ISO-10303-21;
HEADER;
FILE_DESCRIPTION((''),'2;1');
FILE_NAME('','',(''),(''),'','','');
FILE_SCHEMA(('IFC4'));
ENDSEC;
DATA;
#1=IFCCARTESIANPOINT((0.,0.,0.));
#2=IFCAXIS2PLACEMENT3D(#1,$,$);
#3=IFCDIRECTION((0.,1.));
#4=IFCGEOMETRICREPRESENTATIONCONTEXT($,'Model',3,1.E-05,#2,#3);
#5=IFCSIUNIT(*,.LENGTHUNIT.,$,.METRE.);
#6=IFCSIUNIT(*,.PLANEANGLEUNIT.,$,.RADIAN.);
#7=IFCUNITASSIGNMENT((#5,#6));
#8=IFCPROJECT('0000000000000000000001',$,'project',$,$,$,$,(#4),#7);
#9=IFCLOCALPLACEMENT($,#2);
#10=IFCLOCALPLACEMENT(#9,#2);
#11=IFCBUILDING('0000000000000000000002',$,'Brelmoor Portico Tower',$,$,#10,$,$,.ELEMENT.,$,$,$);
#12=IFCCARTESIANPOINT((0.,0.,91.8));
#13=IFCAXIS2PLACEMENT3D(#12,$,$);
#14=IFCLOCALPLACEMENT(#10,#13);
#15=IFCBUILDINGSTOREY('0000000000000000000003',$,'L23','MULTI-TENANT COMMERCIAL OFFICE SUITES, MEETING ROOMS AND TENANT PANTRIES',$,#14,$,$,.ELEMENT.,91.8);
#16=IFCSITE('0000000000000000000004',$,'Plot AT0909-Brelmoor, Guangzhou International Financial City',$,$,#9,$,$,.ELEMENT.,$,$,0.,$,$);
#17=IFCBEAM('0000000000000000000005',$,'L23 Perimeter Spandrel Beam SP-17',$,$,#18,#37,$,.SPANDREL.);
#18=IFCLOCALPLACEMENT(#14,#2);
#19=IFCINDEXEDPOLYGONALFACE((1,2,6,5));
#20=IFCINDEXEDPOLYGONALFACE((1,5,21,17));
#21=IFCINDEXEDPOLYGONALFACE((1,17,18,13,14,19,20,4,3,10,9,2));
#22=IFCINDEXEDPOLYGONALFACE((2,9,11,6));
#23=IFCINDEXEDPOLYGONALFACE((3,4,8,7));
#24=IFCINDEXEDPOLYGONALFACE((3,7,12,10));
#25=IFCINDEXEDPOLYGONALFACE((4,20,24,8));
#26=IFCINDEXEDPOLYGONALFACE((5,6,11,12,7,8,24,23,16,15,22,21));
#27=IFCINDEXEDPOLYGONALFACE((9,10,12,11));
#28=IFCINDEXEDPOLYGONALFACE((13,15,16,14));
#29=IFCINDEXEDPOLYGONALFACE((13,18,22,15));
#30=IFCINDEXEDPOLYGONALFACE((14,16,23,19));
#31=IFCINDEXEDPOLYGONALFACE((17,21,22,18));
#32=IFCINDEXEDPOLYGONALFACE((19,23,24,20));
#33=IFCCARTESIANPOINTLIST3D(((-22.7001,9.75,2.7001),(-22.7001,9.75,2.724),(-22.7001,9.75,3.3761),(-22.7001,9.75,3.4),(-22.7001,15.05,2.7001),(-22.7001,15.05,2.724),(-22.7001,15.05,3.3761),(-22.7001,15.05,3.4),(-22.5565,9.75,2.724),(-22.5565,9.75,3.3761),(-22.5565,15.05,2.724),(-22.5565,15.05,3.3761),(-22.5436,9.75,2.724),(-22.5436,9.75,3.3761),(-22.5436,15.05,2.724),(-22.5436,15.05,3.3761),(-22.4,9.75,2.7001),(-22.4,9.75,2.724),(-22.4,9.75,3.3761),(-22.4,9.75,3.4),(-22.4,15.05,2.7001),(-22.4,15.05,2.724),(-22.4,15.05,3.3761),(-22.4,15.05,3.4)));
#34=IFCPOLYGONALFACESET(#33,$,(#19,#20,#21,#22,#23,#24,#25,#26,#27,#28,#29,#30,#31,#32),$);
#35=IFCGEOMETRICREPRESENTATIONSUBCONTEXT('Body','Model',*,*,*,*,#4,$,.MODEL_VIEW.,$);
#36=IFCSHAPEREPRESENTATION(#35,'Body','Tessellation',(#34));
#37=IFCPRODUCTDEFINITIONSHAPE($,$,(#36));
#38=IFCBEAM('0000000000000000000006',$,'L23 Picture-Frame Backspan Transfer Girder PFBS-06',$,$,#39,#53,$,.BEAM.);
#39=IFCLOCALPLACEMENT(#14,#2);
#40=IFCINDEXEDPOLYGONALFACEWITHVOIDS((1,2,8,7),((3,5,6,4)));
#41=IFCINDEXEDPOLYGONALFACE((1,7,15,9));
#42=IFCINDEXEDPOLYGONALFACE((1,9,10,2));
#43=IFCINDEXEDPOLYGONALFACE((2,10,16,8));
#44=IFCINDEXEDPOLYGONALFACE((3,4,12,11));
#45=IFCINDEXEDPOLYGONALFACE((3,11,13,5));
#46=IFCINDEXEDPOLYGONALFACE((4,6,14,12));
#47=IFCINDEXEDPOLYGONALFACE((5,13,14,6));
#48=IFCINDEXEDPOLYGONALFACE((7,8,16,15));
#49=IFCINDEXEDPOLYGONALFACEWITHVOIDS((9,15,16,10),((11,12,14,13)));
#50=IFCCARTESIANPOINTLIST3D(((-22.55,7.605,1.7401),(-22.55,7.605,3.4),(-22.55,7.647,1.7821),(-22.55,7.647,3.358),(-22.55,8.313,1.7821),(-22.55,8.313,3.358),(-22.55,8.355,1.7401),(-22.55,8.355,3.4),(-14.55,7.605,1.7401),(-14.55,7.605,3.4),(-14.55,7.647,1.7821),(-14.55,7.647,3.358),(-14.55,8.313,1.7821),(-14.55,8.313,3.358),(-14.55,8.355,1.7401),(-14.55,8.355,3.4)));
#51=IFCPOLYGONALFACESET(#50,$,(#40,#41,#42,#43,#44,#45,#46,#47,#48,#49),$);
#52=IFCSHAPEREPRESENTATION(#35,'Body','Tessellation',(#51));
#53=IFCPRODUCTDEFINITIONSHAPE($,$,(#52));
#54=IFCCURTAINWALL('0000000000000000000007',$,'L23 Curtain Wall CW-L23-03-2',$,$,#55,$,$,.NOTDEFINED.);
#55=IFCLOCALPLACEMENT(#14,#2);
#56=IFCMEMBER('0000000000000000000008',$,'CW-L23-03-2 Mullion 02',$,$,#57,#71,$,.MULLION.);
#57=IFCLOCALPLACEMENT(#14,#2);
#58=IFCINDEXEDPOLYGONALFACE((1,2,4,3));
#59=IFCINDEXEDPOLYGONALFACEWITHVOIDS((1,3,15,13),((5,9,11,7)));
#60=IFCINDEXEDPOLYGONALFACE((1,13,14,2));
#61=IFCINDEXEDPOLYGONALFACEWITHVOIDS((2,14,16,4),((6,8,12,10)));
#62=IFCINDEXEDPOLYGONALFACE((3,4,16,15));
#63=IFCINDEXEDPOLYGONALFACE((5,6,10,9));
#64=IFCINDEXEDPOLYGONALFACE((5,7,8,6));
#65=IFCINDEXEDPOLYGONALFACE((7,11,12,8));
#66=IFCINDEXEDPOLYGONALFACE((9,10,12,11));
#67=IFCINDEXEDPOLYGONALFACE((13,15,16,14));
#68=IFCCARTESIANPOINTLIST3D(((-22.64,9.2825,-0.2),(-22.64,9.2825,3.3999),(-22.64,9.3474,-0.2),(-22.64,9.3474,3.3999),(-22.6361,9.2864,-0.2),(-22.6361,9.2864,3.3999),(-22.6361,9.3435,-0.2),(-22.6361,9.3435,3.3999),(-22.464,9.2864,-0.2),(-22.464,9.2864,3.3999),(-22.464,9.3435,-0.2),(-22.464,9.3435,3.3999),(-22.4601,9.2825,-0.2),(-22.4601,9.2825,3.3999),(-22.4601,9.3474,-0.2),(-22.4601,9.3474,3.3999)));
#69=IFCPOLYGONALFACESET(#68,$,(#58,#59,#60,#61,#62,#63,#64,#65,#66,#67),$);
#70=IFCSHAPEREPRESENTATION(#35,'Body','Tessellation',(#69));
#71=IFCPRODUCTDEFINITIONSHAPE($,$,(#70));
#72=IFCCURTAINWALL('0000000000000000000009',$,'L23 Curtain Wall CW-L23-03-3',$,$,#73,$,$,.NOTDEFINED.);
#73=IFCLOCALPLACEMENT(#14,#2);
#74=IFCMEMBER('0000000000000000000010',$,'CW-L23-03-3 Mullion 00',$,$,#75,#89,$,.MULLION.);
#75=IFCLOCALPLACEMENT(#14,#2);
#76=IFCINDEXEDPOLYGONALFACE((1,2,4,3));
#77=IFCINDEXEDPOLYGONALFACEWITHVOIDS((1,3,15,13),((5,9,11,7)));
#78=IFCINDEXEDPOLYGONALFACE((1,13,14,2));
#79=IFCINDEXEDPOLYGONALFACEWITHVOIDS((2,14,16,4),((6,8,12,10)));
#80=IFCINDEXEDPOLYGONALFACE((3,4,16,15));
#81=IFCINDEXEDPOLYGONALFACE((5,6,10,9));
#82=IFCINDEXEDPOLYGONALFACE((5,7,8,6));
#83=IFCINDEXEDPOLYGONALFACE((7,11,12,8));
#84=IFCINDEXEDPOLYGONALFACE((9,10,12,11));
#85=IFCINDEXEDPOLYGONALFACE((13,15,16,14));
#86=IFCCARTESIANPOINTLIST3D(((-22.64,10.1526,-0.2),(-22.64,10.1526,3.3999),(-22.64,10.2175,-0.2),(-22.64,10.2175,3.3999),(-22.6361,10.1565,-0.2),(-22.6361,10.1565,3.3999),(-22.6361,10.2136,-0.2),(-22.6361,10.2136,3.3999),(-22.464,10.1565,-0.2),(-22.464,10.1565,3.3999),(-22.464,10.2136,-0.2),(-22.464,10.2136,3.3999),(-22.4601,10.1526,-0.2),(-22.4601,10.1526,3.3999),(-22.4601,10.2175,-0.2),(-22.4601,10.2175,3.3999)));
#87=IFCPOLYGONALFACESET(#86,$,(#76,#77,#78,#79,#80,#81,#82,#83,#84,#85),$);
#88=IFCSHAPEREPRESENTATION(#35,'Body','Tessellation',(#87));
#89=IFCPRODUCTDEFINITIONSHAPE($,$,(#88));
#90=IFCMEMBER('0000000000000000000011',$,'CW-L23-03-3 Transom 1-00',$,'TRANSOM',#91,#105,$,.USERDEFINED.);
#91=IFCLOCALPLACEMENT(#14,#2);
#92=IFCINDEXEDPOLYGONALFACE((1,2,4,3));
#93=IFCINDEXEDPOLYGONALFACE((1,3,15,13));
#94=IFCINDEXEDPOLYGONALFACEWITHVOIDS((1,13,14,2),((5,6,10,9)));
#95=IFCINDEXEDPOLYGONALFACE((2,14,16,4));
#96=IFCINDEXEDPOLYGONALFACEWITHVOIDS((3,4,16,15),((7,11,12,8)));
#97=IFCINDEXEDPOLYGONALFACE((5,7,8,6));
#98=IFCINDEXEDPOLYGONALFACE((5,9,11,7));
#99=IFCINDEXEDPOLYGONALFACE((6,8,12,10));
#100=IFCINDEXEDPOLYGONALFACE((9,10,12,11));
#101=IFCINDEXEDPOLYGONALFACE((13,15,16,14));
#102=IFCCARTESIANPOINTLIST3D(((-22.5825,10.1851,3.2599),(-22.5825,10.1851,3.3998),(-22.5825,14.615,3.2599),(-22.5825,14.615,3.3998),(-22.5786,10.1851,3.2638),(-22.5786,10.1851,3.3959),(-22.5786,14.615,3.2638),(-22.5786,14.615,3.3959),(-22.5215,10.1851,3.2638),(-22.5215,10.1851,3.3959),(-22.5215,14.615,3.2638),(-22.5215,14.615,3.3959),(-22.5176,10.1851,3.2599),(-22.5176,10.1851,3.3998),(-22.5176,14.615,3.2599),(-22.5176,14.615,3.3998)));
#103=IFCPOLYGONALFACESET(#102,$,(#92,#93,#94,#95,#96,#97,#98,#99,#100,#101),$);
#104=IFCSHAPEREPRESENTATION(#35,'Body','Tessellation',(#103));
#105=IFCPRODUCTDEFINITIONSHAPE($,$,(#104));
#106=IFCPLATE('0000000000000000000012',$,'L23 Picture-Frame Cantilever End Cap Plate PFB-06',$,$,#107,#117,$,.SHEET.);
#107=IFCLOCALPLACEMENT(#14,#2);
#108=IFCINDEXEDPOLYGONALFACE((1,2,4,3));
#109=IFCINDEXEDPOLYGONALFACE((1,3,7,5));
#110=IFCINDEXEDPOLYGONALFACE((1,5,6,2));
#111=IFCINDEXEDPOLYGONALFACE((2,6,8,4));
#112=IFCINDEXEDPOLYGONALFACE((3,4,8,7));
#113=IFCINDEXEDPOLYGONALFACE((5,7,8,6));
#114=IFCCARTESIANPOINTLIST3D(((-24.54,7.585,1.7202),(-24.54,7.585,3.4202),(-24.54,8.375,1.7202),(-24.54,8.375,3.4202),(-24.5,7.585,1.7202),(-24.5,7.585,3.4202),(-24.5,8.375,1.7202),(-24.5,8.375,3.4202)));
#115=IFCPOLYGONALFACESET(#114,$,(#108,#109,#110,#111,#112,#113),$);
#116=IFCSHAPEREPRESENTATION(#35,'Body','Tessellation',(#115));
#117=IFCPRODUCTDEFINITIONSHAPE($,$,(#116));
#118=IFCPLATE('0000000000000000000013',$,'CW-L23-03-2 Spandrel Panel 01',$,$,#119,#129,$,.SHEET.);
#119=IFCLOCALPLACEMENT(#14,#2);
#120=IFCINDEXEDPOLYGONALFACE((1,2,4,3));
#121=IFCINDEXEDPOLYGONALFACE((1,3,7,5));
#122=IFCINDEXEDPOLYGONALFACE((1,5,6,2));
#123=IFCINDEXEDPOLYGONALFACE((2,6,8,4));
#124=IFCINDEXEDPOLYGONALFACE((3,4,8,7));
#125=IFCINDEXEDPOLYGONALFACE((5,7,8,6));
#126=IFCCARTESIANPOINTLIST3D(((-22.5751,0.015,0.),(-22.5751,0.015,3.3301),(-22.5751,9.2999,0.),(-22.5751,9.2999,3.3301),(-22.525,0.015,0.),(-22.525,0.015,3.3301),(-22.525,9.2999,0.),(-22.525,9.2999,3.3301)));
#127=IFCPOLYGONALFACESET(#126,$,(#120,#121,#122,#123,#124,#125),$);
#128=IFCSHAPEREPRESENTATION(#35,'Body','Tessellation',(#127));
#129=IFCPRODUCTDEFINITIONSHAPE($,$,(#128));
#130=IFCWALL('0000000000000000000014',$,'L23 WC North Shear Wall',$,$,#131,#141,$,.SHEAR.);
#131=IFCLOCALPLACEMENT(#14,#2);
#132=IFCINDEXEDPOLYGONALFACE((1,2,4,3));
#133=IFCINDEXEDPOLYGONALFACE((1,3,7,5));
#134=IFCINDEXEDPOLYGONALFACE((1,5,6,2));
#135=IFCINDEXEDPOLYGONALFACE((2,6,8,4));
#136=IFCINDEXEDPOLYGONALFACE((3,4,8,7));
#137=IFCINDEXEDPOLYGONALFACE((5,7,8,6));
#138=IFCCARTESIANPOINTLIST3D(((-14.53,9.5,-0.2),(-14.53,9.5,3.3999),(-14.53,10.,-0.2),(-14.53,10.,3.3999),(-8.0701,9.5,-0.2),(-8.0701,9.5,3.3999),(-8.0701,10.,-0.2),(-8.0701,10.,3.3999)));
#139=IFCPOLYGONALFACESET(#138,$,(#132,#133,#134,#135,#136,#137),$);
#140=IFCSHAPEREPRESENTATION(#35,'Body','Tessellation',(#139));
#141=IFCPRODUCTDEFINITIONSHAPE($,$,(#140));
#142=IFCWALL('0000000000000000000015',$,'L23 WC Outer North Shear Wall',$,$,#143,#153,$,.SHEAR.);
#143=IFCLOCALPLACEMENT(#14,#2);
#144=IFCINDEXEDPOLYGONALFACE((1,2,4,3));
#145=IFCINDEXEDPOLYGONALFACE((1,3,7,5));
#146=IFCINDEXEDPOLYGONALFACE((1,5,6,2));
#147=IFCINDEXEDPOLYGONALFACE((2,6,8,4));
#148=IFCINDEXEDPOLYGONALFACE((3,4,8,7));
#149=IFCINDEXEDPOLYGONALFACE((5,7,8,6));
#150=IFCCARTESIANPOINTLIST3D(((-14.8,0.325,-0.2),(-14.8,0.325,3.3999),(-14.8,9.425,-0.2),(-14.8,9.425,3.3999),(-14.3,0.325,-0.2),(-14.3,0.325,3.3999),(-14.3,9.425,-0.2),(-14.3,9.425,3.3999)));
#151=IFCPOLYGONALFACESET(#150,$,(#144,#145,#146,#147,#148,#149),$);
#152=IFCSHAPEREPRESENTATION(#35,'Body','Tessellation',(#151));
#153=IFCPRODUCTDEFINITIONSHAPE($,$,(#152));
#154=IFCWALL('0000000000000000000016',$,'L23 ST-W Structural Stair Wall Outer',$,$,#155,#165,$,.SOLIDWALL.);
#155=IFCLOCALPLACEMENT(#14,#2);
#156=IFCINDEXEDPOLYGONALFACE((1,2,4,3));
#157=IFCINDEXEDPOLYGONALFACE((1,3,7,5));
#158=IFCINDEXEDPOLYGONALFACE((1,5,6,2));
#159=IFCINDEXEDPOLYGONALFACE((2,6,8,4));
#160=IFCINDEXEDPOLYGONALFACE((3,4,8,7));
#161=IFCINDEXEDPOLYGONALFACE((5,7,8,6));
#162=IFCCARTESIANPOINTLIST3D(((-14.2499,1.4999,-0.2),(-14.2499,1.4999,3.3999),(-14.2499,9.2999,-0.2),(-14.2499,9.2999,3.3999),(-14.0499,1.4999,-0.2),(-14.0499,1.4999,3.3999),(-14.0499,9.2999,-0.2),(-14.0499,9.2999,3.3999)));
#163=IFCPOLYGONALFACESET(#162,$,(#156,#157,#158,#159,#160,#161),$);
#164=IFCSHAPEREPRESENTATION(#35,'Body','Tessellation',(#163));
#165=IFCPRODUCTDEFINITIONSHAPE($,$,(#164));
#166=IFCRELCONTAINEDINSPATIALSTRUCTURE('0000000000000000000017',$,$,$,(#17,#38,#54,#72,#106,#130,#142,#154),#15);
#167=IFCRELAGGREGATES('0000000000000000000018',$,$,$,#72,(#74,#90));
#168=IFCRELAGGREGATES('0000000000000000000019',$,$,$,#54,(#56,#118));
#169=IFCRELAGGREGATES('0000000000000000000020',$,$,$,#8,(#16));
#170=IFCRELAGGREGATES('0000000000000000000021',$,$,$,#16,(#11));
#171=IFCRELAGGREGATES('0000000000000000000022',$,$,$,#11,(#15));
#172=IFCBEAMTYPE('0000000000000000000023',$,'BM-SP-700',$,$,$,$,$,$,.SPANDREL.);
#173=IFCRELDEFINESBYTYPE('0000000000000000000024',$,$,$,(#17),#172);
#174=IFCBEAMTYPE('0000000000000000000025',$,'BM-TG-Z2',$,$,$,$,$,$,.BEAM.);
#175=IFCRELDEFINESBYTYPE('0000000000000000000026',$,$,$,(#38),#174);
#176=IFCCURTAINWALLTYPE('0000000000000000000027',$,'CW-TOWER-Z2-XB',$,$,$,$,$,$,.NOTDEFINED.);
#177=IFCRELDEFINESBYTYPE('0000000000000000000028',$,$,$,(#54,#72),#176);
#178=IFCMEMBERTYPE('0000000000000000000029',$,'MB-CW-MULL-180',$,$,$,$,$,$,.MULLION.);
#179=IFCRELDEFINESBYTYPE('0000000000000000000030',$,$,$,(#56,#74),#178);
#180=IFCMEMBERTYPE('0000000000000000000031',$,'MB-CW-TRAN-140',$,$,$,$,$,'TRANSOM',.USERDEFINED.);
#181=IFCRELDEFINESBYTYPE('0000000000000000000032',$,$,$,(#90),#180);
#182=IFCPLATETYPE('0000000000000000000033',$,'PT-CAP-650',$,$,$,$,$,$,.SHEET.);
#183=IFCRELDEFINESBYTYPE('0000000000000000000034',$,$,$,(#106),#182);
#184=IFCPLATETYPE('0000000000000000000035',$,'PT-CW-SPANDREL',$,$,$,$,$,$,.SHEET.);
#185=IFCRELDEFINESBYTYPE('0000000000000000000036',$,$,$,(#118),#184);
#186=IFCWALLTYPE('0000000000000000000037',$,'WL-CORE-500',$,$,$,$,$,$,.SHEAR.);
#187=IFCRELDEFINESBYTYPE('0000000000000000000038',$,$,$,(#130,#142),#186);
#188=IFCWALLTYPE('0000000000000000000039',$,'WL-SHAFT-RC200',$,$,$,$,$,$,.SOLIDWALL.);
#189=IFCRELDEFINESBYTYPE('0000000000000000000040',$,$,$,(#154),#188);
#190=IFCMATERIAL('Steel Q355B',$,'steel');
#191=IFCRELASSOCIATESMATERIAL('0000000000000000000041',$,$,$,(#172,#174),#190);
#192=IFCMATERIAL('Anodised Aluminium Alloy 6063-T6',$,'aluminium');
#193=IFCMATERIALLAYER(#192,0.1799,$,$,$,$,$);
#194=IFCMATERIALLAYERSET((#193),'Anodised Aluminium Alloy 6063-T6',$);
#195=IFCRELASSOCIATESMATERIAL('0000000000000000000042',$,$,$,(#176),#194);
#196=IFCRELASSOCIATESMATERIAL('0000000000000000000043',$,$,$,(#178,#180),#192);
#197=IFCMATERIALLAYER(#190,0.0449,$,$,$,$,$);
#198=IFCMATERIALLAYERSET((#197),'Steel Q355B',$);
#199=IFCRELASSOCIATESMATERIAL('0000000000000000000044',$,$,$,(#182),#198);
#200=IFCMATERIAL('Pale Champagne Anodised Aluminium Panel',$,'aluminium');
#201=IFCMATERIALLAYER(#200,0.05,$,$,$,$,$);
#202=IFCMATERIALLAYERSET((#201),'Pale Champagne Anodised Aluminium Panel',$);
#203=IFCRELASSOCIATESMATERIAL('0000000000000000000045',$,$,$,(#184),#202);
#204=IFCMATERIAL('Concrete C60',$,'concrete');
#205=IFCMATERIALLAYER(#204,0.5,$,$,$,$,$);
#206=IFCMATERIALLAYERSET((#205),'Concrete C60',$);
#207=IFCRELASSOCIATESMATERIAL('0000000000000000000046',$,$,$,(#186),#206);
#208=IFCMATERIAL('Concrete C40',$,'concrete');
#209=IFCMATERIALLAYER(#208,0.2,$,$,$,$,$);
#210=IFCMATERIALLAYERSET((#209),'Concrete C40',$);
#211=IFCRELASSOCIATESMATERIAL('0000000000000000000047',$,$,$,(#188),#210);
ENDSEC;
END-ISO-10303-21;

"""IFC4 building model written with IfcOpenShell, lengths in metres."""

from ifc_helpers import new_model, si_unit, direction, frame, frame_2d, origin, origin_2d, place, context, subcontext, project, spatial, rectangle, hollow_rectangle, i_section, extrude, material, layer, layer_set, material_profile, profile_set, type_object, element, aggregate, save


model = new_model("IFC4")

# Units and contexts
model_context = context("Model", 3, precision=1e-05, world=origin(), true_north=direction((0.0, 1.0)))
body_context = subcontext(model_context, "Body", "Model", "MODEL_VIEW")
ifc_project = project(units=[si_unit("LENGTHUNIT", "METRE"), si_unit("PLANEANGLEUNIT", "RADIAN")], contexts=[model_context])

# Site, building, storey
site_placement = place(None, origin())
site = spatial("IfcSite", under=ifc_project, at=site_placement, Name="Plot AT0909-Brelmoor, Guangzhou International Financial City", CompositionType="ELEMENT", RefElevation=0.0)
building_placement = place(site_placement, origin())
building = spatial("IfcBuilding", under=site, at=building_placement, Name="Brelmoor Portico Tower", CompositionType="ELEMENT")
storey_placement = place(building_placement, frame((0.0, 0.0, 91.8)))
storey = spatial("IfcBuildingStorey", under=building, at=storey_placement, Name="L23", Description="MULTI-TENANT COMMERCIAL OFFICE SUITES, MEETING ROOMS AND TENANT PANTRIES", CompositionType="ELEMENT", Elevation=91.8)

# Shared definitions
ifc_material_1 = material(Name="Steel Q355B", Category="steel")

# Beams
ifc_material_profile_1 = material_profile(ifc_material_1, i_section(OverallWidth=0.3, OverallDepth=0.7, WebThickness=0.0129, FlangeThickness=0.0239, at=origin_2d()), Name="HN 700x300x13x24")
ifc_profile_set_1 = profile_set([ifc_material_profile_1], Name="Steel Q355B")
beam_type_1 = type_object("IfcBeamType", Name="BM-SP-700", PredefinedType="SPANDREL", material=ifc_profile_set_1)
beam_1_placement = place(storey_placement, frame((-22.55, 9.75, 3.05), z_axis=(0.0, 1.0, 0.0), x_axis=(-1.0, 0.0, 0.0)))
element("IfcBeam", 1, at=beam_1_placement, inside=storey, type_object=beam_type_1, Name="L23 Perimeter Spandrel Beam SP-17", PredefinedType="SPANDREL", context=body_context, shape_type="SweptSolid", body=[
    extrude(i_section(OverallWidth=0.3, OverallDepth=0.7, WebThickness=0.0129, FlangeThickness=0.0239, at=origin_2d()), origin(), (0.0, 0.0, 1.0), 5.3),
])
ifc_material_profile_2 = material_profile(ifc_material_1, hollow_rectangle(XDim=0.75, YDim=1.6599, WallThickness=0.042, at=origin_2d()), Name="BOX 750x1660x42")
ifc_profile_set_2 = profile_set([ifc_material_profile_2], Name="Steel Q355B")
beam_type_2 = type_object("IfcBeamType", Name="BM-TG-Z2", PredefinedType="BEAM", material=ifc_profile_set_2)
beam_2_placement = place(storey_placement, frame((-22.55, 7.98, 2.5701), z_axis=(1.0, 0.0, 0.0), x_axis=(0.0, 1.0, 0.0)))
element("IfcBeam", 2, at=beam_2_placement, inside=storey, type_object=beam_type_2, Name="L23 Picture-Frame Backspan Transfer Girder PFBS-06", PredefinedType="BEAM", context=body_context, shape_type="SweptSolid", body=[
    extrude(hollow_rectangle(XDim=0.75, YDim=1.6599, WallThickness=0.042, at=origin_2d()), origin(), (0.0, 0.0, 1.0), 8.0),
])

# Curtain wall, member
ifc_material_2 = material(Name="Anodised Aluminium Alloy 6063-T6", Category="aluminium")
ifc_layer_1 = layer(ifc_material_2, 0.1799)
ifc_layer_set_1 = layer_set([ifc_layer_1], Name="Anodised Aluminium Alloy 6063-T6")
curtain_wall_type = type_object("IfcCurtainWallType", Name="CW-TOWER-Z2-XB", PredefinedType="NOTDEFINED", material=ifc_layer_set_1)
curtain_wall_1_placement = place(storey_placement, origin())
curtain_wall_1 = element("IfcCurtainWall", 3, at=curtain_wall_1_placement, inside=storey, type_object=curtain_wall_type, Name="L23 Curtain Wall CW-L23-03-2", PredefinedType="NOTDEFINED")
ifc_material_profile_3 = material_profile(ifc_material_2, hollow_rectangle(XDim=0.0649, YDim=0.1799, WallThickness=0.0039, at=origin_2d()), Name="ALU MULLION 65x180")
ifc_profile_set_3 = profile_set([ifc_material_profile_3], Name="Anodised Aluminium Alloy 6063-T6")
member_type_1 = type_object("IfcMemberType", Name="MB-CW-MULL-180", PredefinedType="MULLION", material=ifc_profile_set_3)
member_1_placement = place(storey_placement, frame((-22.55, 9.3149, -0.2), z_axis=(0.0, 0.0, 1.0), x_axis=(0.0, 1.0, 0.0)))
member_1 = element("IfcMember", 4, at=member_1_placement, type_object=member_type_1, Name="CW-L23-03-2 Mullion 02", PredefinedType="MULLION", context=body_context, shape_type="SweptSolid", body=[
    extrude(hollow_rectangle(XDim=0.0649, YDim=0.1799, WallThickness=0.0039, at=origin_2d()), origin(), (0.0, 0.0, 1.0), 3.5999),
])

# Curtain wall, members
curtain_wall_2_placement = place(storey_placement, origin())
curtain_wall_2 = element("IfcCurtainWall", 5, at=curtain_wall_2_placement, inside=storey, type_object=curtain_wall_type, Name="L23 Curtain Wall CW-L23-03-3", PredefinedType="NOTDEFINED")
member_2_placement = place(storey_placement, frame((-22.55, 10.1851, -0.2), z_axis=(0.0, 0.0, 1.0), x_axis=(0.0, 1.0, 0.0)))
member_2 = element("IfcMember", 6, at=member_2_placement, type_object=member_type_1, Name="CW-L23-03-3 Mullion 00", PredefinedType="MULLION", context=body_context, shape_type="SweptSolid", body=[
    extrude(hollow_rectangle(XDim=0.0649, YDim=0.1799, WallThickness=0.0039, at=origin_2d()), origin(), (0.0, 0.0, 1.0), 3.5999),
])
ifc_material_profile_4 = material_profile(ifc_material_2, hollow_rectangle(XDim=0.0649, YDim=0.1399, WallThickness=0.0039, at=origin_2d()), Name="ALU TRANSOM 65x140")
ifc_profile_set_4 = profile_set([ifc_material_profile_4], Name="Anodised Aluminium Alloy 6063-T6")
member_type_2 = type_object("IfcMemberType", Name="MB-CW-TRAN-140", ElementType="TRANSOM", PredefinedType="USERDEFINED", material=ifc_profile_set_4)
member_3_placement = place(storey_placement, frame((-22.55, 10.1851, 3.3298), z_axis=(0.0, 1.0, 0.0), x_axis=(-1.0, 0.0, 0.0)))
member_3 = element("IfcMember", 7, at=member_3_placement, type_object=member_type_2, Name="CW-L23-03-3 Transom 1-00", ObjectType="TRANSOM", PredefinedType="USERDEFINED", context=body_context, shape_type="SweptSolid", body=[
    extrude(hollow_rectangle(XDim=0.0649, YDim=0.1399, WallThickness=0.0039, at=origin_2d()), origin(), (0.0, 0.0, 1.0), 4.4299),
])
aggregate(curtain_wall_2, [member_2, member_3])

# Plates
ifc_layer_2 = layer(ifc_material_1, 0.0449)
ifc_layer_set_2 = layer_set([ifc_layer_2], Name="Steel Q355B")
plate_type_1 = type_object("IfcPlateType", Name="PT-CAP-650", PredefinedType="SHEET", material=ifc_layer_set_2)
plate_1_placement = place(storey_placement, frame((-24.52, 7.98, 1.7202), z_axis=(0.0, 0.0, 1.0), x_axis=(1.0, 0.0, 0.0)))
element("IfcPlate", 8, at=plate_1_placement, inside=storey, type_object=plate_type_1, Name="L23 Picture-Frame Cantilever End Cap Plate PFB-06", PredefinedType="SHEET", context=body_context, shape_type="SweptSolid", body=[
    extrude(rectangle(XDim=0.04, YDim=0.79, at=origin_2d()), origin(), (0.0, 0.0, 1.0), 1.7),
])
ifc_material_3 = material(Name="Pale Champagne Anodised Aluminium Panel", Category="aluminium")
ifc_layer_3 = layer(ifc_material_3, 0.05)
ifc_layer_set_3 = layer_set([ifc_layer_3], Name="Pale Champagne Anodised Aluminium Panel")
plate_type_2 = type_object("IfcPlateType", Name="PT-CW-SPANDREL", PredefinedType="SHEET", material=ifc_layer_set_3)
plate_2_placement = place(storey_placement, frame((-22.55, 4.6575, 0.0), z_axis=(0.0, 0.0, 1.0), x_axis=(0.0, 1.0, 0.0)))
plate_2 = element("IfcPlate", 9, at=plate_2_placement, type_object=plate_type_2, Name="CW-L23-03-2 Spandrel Panel 01", PredefinedType="SHEET", context=body_context, shape_type="SweptSolid", body=[
    extrude(rectangle(XDim=9.2849, YDim=0.05, at=origin_2d()), origin(), (0.0, 0.0, 1.0), 3.3301),
])
aggregate(curtain_wall_1, [member_1, plate_2])

# Walls
ifc_material_4 = material(Name="Concrete C60", Category="concrete")
ifc_layer_4 = layer(ifc_material_4, 0.5)
ifc_layer_set_4 = layer_set([ifc_layer_4], Name="Concrete C60")
wall_type_1 = type_object("IfcWallType", Name="WL-CORE-500", PredefinedType="SHEAR", material=ifc_layer_set_4)
wall_1_placement = place(storey_placement, frame((-14.53, 9.75, -0.2), z_axis=(0.0, 0.0, 1.0), x_axis=(1.0, 0.0, 0.0)))
element("IfcWall", 10, at=wall_1_placement, inside=storey, type_object=wall_type_1, Name="L23 WC North Shear Wall", PredefinedType="SHEAR", context=body_context, shape_type="SweptSolid", body=[
    extrude(rectangle(XDim=6.46, YDim=0.5, at=frame_2d((3.23, 0.0))), origin(), (0.0, 0.0, 1.0), 3.5999),
])
wall_2_placement = place(storey_placement, frame((-14.55, 0.325, -0.2), z_axis=(0.0, 0.0, 1.0), x_axis=(0.0, 1.0, 0.0)))
element("IfcWall", 11, at=wall_2_placement, inside=storey, type_object=wall_type_1, Name="L23 WC Outer North Shear Wall", PredefinedType="SHEAR", context=body_context, shape_type="SweptSolid", body=[
    extrude(rectangle(XDim=9.1001, YDim=0.5, at=frame_2d((4.55, 0.0))), origin(), (0.0, 0.0, 1.0), 3.5999),
])

# Wall
ifc_material_5 = material(Name="Concrete C40", Category="concrete")
ifc_layer_5 = layer(ifc_material_5, 0.2)
ifc_layer_set_5 = layer_set([ifc_layer_5], Name="Concrete C40")
wall_type_2 = type_object("IfcWallType", Name="WL-SHAFT-RC200", PredefinedType="SOLIDWALL", material=ifc_layer_set_5)
wall_3_placement = place(storey_placement, frame((-14.1499, 1.5, -0.2), z_axis=(0.0, 0.0, 1.0), x_axis=(0.0, 1.0, 0.0)))
element("IfcWall", 12, at=wall_3_placement, inside=storey, type_object=wall_type_2, Name="L23 ST-W Structural Stair Wall Outer", PredefinedType="SOLIDWALL", context=body_context, shape_type="SweptSolid", body=[
    extrude(rectangle(XDim=7.8, YDim=0.2, at=frame_2d((3.8999, 0.0))), origin(), (0.0, 0.0, 1.0), 3.5999),
])

save(model, "model.ifc")
